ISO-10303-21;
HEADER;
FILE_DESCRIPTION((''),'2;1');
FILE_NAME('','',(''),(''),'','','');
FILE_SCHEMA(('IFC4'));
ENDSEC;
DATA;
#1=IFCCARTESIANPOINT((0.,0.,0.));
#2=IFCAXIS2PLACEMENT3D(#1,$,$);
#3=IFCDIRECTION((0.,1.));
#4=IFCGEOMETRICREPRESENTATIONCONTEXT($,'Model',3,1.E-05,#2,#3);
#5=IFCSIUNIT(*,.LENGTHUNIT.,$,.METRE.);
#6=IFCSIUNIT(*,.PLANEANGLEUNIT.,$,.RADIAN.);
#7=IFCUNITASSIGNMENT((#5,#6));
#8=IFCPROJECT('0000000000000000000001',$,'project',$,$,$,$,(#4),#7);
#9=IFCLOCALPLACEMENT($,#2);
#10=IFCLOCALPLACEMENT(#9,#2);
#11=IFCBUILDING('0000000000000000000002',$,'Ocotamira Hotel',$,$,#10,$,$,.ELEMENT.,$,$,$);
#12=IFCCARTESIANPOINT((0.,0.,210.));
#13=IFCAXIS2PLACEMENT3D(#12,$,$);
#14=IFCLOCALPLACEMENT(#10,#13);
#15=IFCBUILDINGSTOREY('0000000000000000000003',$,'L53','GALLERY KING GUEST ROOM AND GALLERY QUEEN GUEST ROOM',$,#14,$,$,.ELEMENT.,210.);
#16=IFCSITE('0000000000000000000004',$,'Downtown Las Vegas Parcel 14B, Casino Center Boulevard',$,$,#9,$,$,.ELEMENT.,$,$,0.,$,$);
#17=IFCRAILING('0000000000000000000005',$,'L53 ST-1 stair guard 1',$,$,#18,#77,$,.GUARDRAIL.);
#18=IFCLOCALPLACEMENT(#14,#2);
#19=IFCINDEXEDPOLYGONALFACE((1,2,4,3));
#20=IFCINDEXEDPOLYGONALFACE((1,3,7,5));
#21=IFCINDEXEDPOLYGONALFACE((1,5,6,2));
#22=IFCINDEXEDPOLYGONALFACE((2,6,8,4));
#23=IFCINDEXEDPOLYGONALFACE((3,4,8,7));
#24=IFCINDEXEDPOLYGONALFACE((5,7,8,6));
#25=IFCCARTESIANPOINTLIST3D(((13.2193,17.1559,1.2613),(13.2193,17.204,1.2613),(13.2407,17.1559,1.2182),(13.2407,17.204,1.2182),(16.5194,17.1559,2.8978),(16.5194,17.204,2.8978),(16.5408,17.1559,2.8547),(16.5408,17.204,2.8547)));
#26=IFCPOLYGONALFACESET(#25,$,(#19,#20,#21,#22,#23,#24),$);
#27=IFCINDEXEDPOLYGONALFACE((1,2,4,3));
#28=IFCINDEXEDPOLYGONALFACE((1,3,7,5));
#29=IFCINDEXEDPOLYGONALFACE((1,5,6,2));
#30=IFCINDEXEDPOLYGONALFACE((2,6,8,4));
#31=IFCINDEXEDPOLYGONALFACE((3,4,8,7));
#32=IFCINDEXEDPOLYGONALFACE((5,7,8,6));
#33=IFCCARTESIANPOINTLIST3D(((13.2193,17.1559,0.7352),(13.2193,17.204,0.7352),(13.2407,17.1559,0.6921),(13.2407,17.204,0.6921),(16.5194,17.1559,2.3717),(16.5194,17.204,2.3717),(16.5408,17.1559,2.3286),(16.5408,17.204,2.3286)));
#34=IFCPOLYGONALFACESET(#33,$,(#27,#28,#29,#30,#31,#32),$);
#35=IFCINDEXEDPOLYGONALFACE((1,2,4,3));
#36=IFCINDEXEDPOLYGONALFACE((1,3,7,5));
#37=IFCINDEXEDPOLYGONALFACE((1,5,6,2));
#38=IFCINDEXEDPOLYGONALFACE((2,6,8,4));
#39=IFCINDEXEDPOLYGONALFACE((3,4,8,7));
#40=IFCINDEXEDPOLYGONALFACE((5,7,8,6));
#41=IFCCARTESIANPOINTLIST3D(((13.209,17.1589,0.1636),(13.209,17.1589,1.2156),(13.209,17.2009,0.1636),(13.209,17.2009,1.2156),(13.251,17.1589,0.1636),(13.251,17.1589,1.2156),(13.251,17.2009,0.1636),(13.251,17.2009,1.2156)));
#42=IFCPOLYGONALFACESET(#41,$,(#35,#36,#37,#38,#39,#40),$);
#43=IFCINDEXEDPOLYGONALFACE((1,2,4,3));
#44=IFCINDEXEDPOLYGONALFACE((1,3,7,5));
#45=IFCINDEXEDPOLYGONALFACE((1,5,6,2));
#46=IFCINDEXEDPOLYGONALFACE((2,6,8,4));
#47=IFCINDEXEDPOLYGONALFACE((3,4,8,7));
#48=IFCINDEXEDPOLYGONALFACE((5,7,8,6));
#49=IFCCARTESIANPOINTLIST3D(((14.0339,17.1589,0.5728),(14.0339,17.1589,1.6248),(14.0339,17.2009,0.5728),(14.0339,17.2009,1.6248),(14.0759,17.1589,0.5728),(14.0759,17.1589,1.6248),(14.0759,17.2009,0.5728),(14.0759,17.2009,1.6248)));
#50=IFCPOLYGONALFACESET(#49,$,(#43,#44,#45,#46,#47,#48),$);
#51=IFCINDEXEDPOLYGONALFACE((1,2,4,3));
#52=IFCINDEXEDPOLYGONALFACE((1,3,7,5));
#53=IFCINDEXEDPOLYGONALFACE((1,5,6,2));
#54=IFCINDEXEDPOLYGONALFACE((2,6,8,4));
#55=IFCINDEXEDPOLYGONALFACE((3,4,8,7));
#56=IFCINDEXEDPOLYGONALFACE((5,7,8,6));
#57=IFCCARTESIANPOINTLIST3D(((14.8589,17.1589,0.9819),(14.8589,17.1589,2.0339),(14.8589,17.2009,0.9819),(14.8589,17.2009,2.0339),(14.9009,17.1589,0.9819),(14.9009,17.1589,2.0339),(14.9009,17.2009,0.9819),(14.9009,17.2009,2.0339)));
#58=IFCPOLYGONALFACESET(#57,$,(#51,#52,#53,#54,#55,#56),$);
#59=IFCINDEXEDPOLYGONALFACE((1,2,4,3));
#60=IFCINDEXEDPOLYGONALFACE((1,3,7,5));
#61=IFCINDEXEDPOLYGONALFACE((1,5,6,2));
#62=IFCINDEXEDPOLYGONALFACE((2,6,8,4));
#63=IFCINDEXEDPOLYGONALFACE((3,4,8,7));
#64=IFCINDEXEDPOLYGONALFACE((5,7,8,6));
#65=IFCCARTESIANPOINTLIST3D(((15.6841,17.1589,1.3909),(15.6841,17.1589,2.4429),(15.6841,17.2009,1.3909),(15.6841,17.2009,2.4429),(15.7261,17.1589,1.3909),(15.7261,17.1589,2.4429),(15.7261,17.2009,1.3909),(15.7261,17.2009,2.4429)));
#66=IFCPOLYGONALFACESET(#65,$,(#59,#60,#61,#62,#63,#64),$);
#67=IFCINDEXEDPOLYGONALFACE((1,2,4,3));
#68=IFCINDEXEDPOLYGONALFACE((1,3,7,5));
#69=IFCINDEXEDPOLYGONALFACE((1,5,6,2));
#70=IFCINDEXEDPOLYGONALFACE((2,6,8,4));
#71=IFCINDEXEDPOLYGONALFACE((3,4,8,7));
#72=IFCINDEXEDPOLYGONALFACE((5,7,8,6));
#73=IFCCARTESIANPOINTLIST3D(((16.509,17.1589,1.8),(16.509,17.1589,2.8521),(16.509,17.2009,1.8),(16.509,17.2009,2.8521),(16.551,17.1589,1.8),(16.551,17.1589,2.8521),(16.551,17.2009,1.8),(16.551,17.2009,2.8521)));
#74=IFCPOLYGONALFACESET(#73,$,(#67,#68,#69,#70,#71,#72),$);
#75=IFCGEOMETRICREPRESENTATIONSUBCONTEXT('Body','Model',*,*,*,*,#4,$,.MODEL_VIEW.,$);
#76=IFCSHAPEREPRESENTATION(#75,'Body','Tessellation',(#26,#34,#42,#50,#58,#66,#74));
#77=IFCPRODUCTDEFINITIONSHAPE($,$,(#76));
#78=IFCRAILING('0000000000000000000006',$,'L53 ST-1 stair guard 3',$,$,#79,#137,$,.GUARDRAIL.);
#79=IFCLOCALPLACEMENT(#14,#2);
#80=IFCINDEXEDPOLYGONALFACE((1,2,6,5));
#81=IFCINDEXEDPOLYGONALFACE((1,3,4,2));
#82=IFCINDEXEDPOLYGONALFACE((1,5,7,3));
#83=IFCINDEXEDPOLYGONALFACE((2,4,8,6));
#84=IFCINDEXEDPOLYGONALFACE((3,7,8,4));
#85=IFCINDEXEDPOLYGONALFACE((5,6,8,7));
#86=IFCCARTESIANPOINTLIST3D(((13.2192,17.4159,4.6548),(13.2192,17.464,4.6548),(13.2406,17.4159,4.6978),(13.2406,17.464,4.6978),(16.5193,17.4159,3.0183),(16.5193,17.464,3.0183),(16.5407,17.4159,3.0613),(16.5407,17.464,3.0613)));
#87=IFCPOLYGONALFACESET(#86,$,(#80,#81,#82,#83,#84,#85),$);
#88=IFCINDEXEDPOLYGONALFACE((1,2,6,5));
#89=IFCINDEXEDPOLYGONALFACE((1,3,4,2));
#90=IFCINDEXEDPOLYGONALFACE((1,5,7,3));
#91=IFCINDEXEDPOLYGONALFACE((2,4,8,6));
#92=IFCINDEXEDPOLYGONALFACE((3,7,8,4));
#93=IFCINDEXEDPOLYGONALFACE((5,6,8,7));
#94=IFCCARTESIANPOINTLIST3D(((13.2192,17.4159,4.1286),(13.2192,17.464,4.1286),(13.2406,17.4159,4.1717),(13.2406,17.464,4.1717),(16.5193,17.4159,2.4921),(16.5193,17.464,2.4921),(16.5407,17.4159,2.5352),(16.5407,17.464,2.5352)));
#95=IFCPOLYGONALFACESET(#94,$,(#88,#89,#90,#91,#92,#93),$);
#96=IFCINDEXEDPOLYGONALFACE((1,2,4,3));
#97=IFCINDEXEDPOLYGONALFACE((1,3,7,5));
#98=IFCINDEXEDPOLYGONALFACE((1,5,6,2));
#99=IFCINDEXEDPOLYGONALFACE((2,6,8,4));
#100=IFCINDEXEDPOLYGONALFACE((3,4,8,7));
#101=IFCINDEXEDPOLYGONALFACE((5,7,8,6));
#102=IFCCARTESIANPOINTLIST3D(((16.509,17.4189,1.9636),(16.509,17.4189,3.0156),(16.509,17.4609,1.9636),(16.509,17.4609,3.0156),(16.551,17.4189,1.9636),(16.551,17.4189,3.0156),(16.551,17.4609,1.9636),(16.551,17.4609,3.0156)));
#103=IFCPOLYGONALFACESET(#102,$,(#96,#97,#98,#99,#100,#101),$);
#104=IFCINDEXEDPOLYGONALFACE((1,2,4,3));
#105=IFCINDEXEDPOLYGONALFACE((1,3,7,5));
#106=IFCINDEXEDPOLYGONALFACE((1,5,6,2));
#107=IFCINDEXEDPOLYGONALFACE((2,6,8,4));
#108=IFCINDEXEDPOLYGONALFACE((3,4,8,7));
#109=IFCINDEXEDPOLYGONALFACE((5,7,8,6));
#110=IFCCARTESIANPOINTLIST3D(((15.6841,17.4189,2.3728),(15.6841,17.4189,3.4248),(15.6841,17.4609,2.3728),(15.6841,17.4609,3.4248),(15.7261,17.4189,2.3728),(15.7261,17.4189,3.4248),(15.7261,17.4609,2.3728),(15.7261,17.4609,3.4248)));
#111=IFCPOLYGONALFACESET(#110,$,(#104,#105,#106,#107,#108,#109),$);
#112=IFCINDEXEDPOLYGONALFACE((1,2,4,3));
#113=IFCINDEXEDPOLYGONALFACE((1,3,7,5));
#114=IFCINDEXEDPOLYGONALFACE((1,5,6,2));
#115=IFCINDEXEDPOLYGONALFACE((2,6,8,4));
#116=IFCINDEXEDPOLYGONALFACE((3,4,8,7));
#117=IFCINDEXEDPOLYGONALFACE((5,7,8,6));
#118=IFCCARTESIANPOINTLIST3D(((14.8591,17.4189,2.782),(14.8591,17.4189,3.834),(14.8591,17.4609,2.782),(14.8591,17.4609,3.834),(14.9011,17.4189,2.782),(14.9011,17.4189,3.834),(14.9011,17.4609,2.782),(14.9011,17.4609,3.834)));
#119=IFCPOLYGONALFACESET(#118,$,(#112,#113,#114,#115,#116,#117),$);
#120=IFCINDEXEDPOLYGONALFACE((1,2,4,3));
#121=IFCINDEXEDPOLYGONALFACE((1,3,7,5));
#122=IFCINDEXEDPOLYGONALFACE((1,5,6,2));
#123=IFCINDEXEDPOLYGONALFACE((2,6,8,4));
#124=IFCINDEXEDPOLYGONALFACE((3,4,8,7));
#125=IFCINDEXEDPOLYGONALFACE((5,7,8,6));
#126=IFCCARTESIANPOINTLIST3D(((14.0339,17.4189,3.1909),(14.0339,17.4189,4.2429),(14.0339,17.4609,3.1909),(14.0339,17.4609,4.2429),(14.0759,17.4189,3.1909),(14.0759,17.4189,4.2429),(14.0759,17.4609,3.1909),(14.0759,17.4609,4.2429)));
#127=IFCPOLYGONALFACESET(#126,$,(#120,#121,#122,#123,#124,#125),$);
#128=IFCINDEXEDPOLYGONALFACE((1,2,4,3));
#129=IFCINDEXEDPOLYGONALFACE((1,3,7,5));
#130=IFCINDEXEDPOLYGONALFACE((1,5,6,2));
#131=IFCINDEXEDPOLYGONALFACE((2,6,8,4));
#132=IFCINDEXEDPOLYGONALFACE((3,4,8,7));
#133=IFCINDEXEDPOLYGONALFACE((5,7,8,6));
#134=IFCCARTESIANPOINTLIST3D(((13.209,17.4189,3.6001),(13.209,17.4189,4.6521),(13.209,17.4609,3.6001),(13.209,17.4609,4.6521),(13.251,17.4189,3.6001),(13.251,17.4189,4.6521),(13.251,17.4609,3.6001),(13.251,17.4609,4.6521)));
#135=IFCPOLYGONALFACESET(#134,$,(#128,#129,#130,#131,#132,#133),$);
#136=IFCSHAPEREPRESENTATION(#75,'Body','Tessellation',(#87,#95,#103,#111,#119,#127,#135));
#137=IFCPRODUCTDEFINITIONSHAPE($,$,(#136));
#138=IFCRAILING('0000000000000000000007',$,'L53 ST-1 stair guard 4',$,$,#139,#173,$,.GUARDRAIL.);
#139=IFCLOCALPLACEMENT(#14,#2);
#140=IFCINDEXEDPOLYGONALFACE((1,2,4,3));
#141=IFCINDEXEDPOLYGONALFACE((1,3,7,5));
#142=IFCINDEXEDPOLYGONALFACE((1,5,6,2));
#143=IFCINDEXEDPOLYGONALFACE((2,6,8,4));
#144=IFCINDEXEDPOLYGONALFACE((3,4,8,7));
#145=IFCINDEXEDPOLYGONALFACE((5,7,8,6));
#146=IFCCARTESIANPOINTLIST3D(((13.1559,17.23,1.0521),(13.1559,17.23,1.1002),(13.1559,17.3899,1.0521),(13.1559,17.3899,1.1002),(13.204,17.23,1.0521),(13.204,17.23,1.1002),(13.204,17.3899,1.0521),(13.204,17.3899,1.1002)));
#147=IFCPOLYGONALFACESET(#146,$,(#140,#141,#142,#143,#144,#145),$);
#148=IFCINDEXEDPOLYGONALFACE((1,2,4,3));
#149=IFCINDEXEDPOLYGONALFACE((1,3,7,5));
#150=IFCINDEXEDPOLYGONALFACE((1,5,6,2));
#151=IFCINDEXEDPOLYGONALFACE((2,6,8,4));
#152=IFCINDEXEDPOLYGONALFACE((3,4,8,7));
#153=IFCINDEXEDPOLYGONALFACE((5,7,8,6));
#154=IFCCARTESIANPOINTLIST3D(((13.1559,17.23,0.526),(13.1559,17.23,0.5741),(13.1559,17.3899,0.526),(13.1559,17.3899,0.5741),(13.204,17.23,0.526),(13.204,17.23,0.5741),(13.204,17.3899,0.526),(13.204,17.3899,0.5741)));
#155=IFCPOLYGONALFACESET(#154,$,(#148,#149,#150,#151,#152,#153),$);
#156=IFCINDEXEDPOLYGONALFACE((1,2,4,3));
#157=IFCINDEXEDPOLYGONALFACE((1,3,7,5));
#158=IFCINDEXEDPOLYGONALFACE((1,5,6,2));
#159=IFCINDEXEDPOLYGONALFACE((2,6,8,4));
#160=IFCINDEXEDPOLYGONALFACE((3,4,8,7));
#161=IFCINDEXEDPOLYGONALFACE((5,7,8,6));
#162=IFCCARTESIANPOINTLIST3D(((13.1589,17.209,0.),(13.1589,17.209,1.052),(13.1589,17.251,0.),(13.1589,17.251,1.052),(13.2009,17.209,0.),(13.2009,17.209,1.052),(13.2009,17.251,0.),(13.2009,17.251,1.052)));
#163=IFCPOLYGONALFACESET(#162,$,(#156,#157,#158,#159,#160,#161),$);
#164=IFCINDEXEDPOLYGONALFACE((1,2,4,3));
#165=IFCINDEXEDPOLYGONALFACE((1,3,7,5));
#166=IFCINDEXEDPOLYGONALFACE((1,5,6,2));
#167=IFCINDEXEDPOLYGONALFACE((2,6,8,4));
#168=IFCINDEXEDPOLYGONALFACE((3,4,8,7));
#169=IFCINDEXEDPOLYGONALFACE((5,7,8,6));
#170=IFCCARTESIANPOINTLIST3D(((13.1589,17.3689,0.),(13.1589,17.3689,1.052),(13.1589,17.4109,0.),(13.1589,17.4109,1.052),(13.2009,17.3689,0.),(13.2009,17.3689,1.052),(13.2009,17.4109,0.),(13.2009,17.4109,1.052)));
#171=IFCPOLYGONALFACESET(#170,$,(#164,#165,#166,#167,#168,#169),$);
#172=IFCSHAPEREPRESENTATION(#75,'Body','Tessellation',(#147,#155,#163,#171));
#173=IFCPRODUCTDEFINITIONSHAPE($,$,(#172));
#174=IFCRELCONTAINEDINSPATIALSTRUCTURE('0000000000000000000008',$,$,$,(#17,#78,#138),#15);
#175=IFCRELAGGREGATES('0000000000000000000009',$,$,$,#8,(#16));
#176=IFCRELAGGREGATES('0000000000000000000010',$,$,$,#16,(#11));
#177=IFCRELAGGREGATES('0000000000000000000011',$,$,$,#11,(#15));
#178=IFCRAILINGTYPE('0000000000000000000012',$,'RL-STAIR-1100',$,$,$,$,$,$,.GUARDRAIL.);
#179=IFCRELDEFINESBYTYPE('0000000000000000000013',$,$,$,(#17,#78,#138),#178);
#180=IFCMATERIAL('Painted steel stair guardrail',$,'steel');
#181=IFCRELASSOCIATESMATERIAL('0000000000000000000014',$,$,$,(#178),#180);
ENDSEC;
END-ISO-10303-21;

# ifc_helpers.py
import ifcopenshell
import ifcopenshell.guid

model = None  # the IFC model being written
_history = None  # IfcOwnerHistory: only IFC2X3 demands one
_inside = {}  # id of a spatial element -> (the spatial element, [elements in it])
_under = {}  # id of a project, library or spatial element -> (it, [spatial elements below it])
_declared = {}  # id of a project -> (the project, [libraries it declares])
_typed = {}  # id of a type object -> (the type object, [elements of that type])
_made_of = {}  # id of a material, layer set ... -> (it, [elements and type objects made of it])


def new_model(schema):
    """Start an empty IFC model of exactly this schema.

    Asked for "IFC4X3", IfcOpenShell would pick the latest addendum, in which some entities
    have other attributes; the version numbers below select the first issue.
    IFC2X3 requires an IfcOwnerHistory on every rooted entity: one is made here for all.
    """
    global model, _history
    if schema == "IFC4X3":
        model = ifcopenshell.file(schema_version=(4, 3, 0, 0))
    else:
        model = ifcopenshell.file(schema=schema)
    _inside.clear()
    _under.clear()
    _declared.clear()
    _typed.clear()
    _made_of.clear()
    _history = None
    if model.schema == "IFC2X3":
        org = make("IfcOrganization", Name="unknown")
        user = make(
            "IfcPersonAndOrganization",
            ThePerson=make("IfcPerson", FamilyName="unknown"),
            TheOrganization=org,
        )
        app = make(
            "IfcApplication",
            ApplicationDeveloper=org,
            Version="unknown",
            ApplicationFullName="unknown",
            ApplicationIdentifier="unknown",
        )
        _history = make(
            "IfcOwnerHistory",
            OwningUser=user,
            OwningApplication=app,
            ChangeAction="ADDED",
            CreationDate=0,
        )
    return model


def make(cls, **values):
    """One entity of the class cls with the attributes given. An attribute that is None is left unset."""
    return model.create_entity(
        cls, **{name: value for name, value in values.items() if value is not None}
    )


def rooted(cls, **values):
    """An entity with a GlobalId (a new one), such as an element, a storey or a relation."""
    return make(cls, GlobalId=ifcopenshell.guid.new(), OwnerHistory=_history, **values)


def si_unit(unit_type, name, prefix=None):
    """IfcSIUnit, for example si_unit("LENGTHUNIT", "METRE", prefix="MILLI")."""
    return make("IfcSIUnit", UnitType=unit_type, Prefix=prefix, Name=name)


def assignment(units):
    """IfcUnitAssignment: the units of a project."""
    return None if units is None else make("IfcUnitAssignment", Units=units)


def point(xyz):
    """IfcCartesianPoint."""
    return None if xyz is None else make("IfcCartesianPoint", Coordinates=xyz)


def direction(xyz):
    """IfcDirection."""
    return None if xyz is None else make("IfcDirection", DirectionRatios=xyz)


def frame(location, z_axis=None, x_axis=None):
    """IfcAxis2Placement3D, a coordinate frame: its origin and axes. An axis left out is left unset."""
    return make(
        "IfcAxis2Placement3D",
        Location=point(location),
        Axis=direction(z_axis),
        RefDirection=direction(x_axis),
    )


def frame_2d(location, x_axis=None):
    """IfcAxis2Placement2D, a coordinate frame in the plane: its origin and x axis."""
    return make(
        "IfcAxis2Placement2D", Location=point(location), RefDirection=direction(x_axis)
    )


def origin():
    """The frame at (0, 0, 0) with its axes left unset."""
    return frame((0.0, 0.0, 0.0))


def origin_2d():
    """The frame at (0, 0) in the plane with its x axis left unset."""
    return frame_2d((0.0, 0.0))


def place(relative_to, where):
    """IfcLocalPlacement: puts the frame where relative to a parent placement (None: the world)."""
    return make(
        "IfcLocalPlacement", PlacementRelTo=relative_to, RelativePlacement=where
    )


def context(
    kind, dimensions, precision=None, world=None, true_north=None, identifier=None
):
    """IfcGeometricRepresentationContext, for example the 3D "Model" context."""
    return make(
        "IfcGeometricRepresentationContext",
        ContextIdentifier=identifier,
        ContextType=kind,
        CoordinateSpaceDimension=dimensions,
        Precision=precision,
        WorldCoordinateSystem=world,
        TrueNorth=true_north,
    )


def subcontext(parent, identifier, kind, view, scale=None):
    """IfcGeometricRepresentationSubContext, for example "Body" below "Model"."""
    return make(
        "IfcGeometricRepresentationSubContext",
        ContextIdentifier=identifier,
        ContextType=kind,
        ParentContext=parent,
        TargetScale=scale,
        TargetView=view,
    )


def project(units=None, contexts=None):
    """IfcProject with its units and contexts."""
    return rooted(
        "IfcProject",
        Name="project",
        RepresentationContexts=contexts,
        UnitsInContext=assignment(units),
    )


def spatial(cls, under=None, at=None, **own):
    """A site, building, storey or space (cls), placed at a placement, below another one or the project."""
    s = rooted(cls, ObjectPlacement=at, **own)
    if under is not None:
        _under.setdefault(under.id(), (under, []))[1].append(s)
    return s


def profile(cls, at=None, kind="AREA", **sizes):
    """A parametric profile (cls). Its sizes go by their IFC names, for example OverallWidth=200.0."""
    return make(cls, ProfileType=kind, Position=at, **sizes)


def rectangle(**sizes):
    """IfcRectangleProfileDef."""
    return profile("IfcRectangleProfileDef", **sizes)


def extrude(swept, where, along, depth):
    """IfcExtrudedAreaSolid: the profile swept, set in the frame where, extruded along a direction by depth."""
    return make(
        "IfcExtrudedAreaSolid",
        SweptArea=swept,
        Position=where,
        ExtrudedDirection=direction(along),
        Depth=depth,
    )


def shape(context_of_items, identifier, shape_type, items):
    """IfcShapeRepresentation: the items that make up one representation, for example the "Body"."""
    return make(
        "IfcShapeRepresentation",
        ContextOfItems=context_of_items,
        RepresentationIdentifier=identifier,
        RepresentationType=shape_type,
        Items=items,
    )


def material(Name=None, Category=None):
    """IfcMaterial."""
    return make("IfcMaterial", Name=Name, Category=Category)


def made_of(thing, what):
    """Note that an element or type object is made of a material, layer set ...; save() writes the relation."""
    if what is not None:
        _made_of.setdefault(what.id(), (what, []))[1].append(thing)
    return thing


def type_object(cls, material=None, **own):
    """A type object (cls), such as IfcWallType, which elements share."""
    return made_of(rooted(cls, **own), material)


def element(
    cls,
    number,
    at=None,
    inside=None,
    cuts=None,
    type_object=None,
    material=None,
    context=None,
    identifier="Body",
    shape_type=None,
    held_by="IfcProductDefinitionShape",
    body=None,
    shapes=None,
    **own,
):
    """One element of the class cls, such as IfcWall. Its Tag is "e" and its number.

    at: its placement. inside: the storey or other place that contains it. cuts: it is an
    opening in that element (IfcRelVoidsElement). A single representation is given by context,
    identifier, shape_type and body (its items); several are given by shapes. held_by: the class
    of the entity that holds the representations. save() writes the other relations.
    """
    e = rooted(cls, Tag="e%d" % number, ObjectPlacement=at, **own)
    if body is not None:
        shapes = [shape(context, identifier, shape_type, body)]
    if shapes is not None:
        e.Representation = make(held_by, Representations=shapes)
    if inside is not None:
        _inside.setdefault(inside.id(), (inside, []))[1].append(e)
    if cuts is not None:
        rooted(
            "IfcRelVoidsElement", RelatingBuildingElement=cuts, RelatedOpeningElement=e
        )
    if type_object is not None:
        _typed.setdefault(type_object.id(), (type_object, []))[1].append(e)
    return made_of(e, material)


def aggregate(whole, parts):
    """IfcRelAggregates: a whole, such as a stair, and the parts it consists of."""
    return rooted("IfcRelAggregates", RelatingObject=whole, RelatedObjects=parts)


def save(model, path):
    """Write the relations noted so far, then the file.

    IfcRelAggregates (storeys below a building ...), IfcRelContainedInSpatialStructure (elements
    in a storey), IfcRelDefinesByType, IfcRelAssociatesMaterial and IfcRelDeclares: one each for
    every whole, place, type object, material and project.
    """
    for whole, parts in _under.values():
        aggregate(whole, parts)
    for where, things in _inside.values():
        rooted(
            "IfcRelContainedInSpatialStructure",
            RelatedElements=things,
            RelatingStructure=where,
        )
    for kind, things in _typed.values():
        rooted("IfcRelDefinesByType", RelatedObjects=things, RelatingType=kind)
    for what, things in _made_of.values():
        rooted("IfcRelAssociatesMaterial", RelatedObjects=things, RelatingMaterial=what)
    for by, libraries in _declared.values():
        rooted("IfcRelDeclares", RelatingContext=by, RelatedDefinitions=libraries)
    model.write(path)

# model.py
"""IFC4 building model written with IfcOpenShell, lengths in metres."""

from ifc_helpers import new_model, si_unit, direction, frame, origin, origin_2d, place, context, subcontext, project, spatial, rectangle, extrude, material, type_object, element, save


model = new_model("IFC4")

# Units and contexts
model_context = context("Model", 3, precision=1e-05, world=origin(), true_north=direction((0.0, 1.0)))
body_context = subcontext(model_context, "Body", "Model", "MODEL_VIEW")
ifc_project = project(units=[si_unit("LENGTHUNIT", "METRE"), si_unit("PLANEANGLEUNIT", "RADIAN")], contexts=[model_context])

# Site, building, storey
site_placement = place(None, origin())
site = spatial("IfcSite", under=ifc_project, at=site_placement, Name="Downtown Las Vegas Parcel 14B, Casino Center Boulevard", CompositionType="ELEMENT", RefElevation=0.0)
building_placement = place(site_placement, origin())
building = spatial("IfcBuilding", under=site, at=building_placement, Name="Ocotamira Hotel", CompositionType="ELEMENT")
storey_placement = place(building_placement, frame((0.0, 0.0, 210.0)))
storey = spatial("IfcBuildingStorey", under=building, at=storey_placement, Name="L53", Description="GALLERY KING GUEST ROOM AND GALLERY QUEEN GUEST ROOM", CompositionType="ELEMENT", Elevation=210.0)

# Railings
ifc_material_1 = material(Name="Painted steel stair guardrail", Category="steel")
railing_type_1 = type_object("IfcRailingType", Name="RL-STAIR-1100", PredefinedType="GUARDRAIL", material=ifc_material_1)
railing_1_placement = place(storey_placement, frame((13.23, 17.1799, 0.1636)))
element("IfcRailing", 1, at=railing_1_placement, inside=storey, type_object=railing_type_1, Name="L53 ST-1 stair guard 1", PredefinedType="GUARDRAIL", context=body_context, shape_type="SweptSolid", body=[
    extrude(rectangle(XDim=0.0481, YDim=0.0481, at=origin_2d()), frame((0.0, 0.0, 1.0762), z_axis=(0.895894, 0.0, 0.444268), x_axis=(0.0, 1.0, 0.0)), (0.0, 0.0, 1.0), 3.6836),
    extrude(rectangle(XDim=0.0481, YDim=0.0481, at=origin_2d()), frame((0.0, 0.0, 0.55), z_axis=(0.895894, 0.0, 0.444268), x_axis=(0.0, 1.0, 0.0)), (0.0, 0.0, 1.0), 3.6836),
    extrude(rectangle(XDim=0.042, YDim=0.042, at=origin_2d()), origin(), (0.0, 0.0, 1.0), 1.052),
    extrude(rectangle(XDim=0.042, YDim=0.042, at=origin_2d()), frame((0.825, 0.0, 0.4092)), (0.0, 0.0, 1.0), 1.052),
    extrude(rectangle(XDim=0.042, YDim=0.042, at=origin_2d()), frame((1.6499, 0.0, 0.8184)), (0.0, 0.0, 1.0), 1.052),
    extrude(rectangle(XDim=0.042, YDim=0.042, at=origin_2d()), frame((2.4751, 0.0, 1.2273)), (0.0, 0.0, 1.0), 1.052),
    extrude(rectangle(XDim=0.042, YDim=0.042, at=origin_2d()), frame((3.3, 0.0, 1.6365)), (0.0, 0.0, 1.0), 1.052),
])
railing_2_placement = place(storey_placement, frame((16.53, 17.4399, 1.9636)))
element("IfcRailing", 2, at=railing_2_placement, inside=storey, type_object=railing_type_1, Name="L53 ST-1 stair guard 3", PredefinedType="GUARDRAIL", context=body_context, shape_type="SweptSolid", body=[
    extrude(rectangle(XDim=0.0481, YDim=0.0481, at=origin_2d()), frame((0.0, 0.0, 1.0762), z_axis=(-0.895894, 0.0, 0.444268), x_axis=(0.0, -1.0, 0.0)), (0.0, 0.0, 1.0), 3.6836),
    extrude(rectangle(XDim=0.0481, YDim=0.0481, at=origin_2d()), frame((0.0, 0.0, 0.55), z_axis=(-0.895894, 0.0, 0.444268), x_axis=(0.0, -1.0, 0.0)), (0.0, 0.0, 1.0), 3.6836),
    extrude(rectangle(XDim=0.042, YDim=0.042, at=origin_2d()), origin(), (0.0, 0.0, 1.0), 1.052),
    extrude(rectangle(XDim=0.042, YDim=0.042, at=origin_2d()), frame((-0.825, 0.0, 0.4092)), (0.0, 0.0, 1.0), 1.052),
    extrude(rectangle(XDim=0.042, YDim=0.042, at=origin_2d()), frame((-1.6499, 0.0, 0.8184)), (0.0, 0.0, 1.0), 1.052),
    extrude(rectangle(XDim=0.042, YDim=0.042, at=origin_2d()), frame((-2.4751, 0.0, 1.2273)), (0.0, 0.0, 1.0), 1.052),
    extrude(rectangle(XDim=0.042, YDim=0.042, at=origin_2d()), frame((-3.3, 0.0, 1.6365)), (0.0, 0.0, 1.0), 1.052),
])
railing_3_placement = place(storey_placement, frame((13.1799, 17.23, 0.0)))
element("IfcRailing", 3, at=railing_3_placement, inside=storey, type_object=railing_type_1, Name="L53 ST-1 stair guard 4", PredefinedType="GUARDRAIL", context=body_context, shape_type="SweptSolid", body=[
    extrude(rectangle(XDim=0.0481, YDim=0.0481, at=origin_2d()), frame((0.0, 0.0, 1.0762), z_axis=(0.0, 1.0, 0.0), x_axis=(-1.0, 0.0, 0.0)), (0.0, 0.0, 1.0), 0.1599),
    extrude(rectangle(XDim=0.0481, YDim=0.0481, at=origin_2d()), frame((0.0, 0.0, 0.55), z_axis=(0.0, 1.0, 0.0), x_axis=(-1.0, 0.0, 0.0)), (0.0, 0.0, 1.0), 0.1599),
    extrude(rectangle(XDim=0.042, YDim=0.042, at=origin_2d()), origin(), (0.0, 0.0, 1.0), 1.052),
    extrude(rectangle(XDim=0.042, YDim=0.042, at=origin_2d()), frame((0.0, 0.1599, 0.0)), (0.0, 0.0, 1.0), 1.052),
])

save(model, "model.ifc")
